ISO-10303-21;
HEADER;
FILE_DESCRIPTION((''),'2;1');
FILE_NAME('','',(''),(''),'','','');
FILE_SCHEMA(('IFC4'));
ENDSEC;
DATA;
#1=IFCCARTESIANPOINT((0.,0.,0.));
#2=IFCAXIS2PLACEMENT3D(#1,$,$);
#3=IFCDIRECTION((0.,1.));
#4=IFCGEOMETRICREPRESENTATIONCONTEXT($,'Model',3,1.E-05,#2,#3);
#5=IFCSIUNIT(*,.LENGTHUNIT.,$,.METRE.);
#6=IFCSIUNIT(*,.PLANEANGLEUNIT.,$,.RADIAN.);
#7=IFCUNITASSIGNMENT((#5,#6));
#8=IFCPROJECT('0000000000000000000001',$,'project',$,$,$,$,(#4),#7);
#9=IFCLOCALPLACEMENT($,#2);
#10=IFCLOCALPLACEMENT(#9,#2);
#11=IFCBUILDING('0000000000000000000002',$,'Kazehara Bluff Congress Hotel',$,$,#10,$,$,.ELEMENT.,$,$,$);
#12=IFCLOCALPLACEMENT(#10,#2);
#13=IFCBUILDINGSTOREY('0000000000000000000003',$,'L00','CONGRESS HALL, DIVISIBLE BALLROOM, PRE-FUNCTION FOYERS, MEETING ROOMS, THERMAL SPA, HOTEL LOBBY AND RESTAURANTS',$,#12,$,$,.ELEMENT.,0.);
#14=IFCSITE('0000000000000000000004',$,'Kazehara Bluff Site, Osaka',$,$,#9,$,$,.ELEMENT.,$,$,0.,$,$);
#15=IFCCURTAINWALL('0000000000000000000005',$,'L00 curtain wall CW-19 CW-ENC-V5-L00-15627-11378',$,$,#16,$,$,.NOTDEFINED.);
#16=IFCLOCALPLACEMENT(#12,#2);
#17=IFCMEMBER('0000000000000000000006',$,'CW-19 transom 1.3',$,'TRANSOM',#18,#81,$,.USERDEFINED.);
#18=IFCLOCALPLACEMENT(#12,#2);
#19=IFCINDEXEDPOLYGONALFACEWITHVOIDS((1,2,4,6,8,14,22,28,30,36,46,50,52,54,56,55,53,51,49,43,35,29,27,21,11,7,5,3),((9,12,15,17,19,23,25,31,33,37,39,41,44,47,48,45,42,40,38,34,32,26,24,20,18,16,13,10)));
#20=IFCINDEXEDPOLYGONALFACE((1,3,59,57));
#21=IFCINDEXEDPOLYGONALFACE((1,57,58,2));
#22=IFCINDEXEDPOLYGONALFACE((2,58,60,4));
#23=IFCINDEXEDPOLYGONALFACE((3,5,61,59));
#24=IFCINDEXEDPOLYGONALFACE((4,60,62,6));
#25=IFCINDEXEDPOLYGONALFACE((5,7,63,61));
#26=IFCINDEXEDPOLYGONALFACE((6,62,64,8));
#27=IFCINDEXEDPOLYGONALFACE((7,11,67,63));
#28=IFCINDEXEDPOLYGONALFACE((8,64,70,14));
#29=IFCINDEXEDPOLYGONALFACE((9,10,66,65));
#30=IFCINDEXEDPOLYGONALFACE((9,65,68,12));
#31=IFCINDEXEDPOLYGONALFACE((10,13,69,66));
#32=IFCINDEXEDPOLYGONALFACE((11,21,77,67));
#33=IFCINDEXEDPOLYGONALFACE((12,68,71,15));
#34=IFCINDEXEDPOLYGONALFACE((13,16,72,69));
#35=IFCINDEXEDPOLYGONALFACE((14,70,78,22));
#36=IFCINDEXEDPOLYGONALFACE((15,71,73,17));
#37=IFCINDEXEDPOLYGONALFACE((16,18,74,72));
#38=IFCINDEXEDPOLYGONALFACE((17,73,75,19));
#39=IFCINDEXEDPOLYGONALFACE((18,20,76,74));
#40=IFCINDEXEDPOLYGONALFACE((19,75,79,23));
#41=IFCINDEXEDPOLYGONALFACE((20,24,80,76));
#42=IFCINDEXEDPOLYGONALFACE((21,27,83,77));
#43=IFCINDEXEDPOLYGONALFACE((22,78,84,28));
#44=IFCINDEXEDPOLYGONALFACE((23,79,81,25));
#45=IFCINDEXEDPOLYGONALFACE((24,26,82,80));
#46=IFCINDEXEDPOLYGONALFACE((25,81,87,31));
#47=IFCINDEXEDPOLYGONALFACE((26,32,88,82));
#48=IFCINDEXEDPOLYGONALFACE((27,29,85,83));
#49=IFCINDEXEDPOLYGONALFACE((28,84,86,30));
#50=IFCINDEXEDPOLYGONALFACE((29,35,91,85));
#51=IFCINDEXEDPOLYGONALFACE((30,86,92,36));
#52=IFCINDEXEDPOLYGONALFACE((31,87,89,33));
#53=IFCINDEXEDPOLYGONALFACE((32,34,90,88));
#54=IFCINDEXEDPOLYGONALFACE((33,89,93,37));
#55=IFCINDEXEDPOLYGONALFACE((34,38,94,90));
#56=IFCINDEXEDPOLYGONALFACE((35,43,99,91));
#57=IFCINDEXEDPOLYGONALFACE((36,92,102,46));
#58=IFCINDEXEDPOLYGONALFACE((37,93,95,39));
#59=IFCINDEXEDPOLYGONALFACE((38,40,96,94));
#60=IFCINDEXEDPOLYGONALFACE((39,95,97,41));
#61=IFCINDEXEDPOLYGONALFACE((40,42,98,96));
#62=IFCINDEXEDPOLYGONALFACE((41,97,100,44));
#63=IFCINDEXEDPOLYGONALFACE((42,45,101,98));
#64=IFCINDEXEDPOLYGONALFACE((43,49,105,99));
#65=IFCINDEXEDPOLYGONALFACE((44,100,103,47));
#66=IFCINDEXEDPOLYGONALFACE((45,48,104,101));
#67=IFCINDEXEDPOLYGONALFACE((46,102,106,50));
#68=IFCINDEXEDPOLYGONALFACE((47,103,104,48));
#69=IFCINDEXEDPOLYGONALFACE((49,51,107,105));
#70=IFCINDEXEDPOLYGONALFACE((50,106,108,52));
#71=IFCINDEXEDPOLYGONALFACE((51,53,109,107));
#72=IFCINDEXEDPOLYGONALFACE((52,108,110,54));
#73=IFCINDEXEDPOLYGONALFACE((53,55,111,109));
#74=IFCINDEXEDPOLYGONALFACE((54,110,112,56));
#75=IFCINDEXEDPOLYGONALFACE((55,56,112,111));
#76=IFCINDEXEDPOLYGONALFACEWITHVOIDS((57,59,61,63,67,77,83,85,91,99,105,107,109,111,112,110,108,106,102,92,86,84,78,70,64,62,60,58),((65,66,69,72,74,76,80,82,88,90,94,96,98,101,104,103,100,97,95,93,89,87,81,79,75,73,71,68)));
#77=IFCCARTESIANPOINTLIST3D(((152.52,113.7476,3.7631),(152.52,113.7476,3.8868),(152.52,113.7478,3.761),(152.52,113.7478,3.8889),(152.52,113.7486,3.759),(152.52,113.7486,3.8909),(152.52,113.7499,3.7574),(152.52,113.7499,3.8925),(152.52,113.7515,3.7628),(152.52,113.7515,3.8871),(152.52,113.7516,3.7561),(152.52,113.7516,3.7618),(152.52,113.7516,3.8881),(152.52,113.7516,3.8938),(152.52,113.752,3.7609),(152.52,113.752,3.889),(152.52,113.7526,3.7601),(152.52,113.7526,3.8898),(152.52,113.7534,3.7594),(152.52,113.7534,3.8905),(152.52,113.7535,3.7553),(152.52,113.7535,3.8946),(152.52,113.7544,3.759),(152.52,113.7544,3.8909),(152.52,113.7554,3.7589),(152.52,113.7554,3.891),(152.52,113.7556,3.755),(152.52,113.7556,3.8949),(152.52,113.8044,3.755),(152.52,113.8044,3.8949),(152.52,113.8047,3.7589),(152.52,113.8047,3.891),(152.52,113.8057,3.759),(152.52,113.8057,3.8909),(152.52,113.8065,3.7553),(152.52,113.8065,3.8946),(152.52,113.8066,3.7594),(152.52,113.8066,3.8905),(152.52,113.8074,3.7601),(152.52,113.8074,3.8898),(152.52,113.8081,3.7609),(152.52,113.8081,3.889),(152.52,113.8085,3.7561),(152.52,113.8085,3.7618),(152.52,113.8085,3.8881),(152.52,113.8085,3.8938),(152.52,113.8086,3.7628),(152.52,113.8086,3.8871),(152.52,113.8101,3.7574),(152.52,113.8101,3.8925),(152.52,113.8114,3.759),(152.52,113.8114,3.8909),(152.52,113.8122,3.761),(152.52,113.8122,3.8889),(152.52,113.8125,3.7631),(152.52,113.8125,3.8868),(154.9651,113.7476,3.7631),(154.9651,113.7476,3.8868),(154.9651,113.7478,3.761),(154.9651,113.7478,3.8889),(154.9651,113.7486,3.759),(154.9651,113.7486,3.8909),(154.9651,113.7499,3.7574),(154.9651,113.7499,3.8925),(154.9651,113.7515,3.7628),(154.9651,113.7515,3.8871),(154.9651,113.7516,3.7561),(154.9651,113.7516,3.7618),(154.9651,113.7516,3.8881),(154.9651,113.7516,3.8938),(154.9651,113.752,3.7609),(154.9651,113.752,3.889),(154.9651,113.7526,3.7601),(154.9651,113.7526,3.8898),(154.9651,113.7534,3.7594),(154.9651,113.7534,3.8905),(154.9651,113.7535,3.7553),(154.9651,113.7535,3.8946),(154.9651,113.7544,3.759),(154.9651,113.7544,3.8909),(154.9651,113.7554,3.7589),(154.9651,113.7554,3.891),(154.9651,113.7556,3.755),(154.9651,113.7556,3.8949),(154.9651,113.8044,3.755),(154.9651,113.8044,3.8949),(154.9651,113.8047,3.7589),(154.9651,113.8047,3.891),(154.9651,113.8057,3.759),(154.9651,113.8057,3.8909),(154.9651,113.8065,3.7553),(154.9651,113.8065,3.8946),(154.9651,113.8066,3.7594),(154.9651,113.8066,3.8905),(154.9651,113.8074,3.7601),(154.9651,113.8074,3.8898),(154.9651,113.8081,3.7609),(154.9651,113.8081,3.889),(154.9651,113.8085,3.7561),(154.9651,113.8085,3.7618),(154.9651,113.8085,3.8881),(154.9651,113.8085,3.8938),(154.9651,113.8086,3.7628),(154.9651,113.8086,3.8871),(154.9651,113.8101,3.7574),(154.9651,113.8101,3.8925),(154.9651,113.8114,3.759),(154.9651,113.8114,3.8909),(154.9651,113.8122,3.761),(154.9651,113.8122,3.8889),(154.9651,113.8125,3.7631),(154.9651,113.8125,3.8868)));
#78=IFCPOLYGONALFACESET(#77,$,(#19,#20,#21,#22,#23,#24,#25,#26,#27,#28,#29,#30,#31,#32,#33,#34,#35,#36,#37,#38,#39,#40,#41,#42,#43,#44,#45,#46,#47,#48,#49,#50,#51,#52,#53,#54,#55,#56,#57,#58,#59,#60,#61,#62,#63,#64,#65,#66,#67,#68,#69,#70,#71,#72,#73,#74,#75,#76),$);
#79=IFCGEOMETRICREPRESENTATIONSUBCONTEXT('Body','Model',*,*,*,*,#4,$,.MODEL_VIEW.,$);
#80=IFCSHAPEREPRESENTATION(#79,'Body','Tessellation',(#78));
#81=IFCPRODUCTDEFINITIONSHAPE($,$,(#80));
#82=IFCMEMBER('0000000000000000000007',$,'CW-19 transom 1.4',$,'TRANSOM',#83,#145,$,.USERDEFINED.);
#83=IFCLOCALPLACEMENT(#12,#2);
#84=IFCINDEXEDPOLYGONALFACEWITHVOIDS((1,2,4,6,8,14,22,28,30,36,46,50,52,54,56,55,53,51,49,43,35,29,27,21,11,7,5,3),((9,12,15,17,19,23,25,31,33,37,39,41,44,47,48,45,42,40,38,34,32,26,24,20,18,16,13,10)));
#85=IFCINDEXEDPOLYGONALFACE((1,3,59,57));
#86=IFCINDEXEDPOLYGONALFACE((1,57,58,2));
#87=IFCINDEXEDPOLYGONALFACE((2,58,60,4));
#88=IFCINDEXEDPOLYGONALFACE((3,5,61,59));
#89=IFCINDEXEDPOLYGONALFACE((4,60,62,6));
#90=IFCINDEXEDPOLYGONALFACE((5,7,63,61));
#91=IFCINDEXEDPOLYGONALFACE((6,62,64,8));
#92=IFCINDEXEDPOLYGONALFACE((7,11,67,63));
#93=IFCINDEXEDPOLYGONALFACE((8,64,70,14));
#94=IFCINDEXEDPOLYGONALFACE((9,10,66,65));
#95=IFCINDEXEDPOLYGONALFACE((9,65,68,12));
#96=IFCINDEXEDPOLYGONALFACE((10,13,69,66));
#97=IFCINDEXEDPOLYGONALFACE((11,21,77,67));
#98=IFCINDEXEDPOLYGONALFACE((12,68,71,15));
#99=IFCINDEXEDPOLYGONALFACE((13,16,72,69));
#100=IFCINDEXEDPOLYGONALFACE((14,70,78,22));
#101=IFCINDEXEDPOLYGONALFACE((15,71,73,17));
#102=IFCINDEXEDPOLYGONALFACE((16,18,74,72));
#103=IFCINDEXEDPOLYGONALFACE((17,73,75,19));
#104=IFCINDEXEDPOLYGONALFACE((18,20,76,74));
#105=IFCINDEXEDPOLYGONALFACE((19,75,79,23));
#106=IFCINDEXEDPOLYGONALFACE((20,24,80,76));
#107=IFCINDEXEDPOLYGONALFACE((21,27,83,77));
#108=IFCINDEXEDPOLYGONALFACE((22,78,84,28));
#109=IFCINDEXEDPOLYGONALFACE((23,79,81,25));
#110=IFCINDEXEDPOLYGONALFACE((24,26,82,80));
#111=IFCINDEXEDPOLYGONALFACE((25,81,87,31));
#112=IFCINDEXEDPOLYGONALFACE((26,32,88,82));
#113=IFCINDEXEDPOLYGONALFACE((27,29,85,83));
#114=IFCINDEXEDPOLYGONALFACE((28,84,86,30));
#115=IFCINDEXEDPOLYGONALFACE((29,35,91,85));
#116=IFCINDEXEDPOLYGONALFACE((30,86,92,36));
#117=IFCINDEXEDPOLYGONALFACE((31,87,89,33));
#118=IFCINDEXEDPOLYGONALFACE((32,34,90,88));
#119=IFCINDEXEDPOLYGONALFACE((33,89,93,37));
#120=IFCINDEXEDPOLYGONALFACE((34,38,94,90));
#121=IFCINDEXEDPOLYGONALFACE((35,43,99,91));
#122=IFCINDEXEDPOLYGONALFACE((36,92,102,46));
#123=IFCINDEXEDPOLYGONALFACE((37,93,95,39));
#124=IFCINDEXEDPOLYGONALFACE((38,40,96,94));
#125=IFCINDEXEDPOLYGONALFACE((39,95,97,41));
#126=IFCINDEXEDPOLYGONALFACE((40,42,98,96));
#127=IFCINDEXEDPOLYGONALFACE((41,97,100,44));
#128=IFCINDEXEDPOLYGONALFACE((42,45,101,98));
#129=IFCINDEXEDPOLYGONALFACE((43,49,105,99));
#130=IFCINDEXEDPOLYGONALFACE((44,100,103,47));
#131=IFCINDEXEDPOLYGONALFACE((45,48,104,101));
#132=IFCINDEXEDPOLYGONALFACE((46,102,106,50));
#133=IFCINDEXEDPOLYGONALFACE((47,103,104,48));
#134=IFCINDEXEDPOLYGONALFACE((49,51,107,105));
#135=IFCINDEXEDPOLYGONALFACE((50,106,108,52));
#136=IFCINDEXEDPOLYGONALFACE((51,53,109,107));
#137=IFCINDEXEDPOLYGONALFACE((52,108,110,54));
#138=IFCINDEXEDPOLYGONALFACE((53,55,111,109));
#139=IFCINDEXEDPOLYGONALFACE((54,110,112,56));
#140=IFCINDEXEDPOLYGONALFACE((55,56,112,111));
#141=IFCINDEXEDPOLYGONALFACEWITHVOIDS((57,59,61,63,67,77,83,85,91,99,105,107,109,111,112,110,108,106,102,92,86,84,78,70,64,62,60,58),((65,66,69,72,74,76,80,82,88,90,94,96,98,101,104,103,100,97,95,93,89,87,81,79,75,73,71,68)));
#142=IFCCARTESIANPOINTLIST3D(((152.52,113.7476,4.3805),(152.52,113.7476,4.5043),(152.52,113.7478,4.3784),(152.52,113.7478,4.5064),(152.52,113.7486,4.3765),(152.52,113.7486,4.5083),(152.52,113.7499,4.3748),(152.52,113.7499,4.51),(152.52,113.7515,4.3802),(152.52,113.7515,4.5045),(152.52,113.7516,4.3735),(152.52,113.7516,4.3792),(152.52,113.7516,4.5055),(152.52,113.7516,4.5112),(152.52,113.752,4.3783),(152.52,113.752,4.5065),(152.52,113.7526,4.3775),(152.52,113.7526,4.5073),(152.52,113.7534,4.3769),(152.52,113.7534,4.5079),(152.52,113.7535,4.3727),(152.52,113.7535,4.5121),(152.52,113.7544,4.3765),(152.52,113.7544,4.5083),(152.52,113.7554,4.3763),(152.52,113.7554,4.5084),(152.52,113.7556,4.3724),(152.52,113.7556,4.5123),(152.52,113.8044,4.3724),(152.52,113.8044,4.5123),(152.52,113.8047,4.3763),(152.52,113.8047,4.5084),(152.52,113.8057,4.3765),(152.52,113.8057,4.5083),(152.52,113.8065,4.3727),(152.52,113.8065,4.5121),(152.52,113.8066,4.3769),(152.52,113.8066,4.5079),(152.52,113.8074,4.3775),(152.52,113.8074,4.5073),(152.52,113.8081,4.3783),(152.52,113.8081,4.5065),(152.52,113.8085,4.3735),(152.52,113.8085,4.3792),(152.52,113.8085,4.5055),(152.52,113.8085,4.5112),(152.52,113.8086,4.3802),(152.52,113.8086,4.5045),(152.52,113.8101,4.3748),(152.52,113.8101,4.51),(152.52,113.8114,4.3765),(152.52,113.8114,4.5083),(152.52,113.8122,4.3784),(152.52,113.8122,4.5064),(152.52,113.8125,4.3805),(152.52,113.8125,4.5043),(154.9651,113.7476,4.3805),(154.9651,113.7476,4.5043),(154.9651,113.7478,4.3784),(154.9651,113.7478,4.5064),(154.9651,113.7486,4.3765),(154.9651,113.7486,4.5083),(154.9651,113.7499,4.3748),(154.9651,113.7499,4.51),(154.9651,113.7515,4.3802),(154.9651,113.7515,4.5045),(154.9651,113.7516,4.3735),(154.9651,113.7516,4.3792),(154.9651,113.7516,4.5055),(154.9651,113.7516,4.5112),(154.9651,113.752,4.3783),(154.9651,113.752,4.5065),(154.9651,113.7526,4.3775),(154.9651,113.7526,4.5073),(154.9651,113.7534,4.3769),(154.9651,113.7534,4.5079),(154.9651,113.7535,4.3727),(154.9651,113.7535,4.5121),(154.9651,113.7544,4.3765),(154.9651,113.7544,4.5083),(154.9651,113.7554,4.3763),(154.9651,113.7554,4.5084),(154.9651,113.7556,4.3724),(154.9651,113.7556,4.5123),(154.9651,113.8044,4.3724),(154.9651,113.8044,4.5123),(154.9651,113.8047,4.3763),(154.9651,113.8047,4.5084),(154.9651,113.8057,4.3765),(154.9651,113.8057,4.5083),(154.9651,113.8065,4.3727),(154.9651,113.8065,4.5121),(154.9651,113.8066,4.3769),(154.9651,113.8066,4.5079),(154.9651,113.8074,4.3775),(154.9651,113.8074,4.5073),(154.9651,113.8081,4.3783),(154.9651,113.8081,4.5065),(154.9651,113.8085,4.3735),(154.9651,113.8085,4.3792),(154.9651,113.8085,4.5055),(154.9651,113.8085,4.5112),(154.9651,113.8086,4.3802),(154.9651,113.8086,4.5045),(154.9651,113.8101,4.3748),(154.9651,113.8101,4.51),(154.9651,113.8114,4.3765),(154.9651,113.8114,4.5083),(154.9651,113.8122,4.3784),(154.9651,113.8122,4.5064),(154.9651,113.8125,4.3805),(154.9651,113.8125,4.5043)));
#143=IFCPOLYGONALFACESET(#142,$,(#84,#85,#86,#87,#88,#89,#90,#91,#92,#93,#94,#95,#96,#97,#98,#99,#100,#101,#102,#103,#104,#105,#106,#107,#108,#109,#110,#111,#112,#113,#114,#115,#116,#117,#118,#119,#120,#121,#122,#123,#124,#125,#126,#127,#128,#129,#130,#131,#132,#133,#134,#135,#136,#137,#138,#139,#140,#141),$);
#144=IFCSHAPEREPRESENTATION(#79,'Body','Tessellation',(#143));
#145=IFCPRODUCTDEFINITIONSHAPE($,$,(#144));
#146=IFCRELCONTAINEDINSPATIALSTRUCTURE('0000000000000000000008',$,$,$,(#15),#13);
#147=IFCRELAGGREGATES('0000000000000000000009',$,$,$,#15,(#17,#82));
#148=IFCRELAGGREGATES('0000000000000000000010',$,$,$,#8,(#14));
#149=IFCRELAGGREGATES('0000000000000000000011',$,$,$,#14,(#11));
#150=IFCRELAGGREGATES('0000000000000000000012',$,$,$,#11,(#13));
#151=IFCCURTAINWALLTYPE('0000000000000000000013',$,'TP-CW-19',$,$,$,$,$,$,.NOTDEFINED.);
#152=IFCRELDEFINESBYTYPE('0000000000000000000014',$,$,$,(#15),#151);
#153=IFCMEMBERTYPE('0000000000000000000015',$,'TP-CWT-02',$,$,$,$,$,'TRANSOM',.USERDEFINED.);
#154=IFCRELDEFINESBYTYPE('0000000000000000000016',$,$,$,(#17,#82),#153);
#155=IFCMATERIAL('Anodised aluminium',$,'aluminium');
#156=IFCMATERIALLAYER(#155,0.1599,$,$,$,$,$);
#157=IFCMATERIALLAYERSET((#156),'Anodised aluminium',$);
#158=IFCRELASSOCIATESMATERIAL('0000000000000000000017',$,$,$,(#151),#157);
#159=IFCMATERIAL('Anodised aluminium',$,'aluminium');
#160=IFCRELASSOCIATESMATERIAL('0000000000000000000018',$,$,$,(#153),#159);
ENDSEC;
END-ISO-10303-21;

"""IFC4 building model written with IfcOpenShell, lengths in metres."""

from ifc_helpers import new_model, si_unit, direction, frame, origin, origin_2d, place, context, subcontext, project, spatial, hollow_rectangle, extrude, material, layer, layer_set, material_profile, profile_set, type_object, element, aggregate, save


model = new_model("IFC4")

# Units and contexts
model_context = context("Model", 3, precision=1e-05, world=origin(), true_north=direction((0.0, 1.0)))
body_context = subcontext(model_context, "Body", "Model", "MODEL_VIEW")
ifc_project = project(units=[si_unit("LENGTHUNIT", "METRE"), si_unit("PLANEANGLEUNIT", "RADIAN")], contexts=[model_context])

# Site, building, storey
site_placement = place(None, origin())
site = spatial("IfcSite", under=ifc_project, at=site_placement, Name="Kazehara Bluff Site, Osaka", CompositionType="ELEMENT", RefElevation=0.0)
building_placement = place(site_placement, origin())
building = spatial("IfcBuilding", under=site, at=building_placement, Name="Kazehara Bluff Congress Hotel", CompositionType="ELEMENT")
storey_placement = place(building_placement, origin())
storey = spatial("IfcBuildingStorey", under=building, at=storey_placement, Name="L00", Description="CONGRESS HALL, DIVISIBLE BALLROOM, PRE-FUNCTION FOYERS, MEETING ROOMS, THERMAL SPA, HOTEL LOBBY AND RESTAURANTS", CompositionType="ELEMENT", Elevation=0.0)

# Shared definitions
ifc_material_1 = material(Name="Anodised aluminium", Category="aluminium")
ifc_layer_1 = layer(ifc_material_1, 0.1599)
ifc_layer_set_1 = layer_set([ifc_layer_1], Name="Anodised aluminium")
curtain_wall_type = type_object("IfcCurtainWallType", Name="TP-CW-19", PredefinedType="NOTDEFINED", material=ifc_layer_set_1)

# Curtain wall, members
curtain_wall_1_placement = place(storey_placement, origin())
curtain_wall_1 = element("IfcCurtainWall", 1, at=curtain_wall_1_placement, inside=storey, type_object=curtain_wall_type, Name="L00 curtain wall CW-19 CW-ENC-V5-L00-15627-11378", PredefinedType="NOTDEFINED")
ifc_material_2 = material(Name="Anodised aluminium", Category="aluminium")
ifc_material_profile_1 = material_profile(ifc_material_2, hollow_rectangle(XDim=0.0649, YDim=0.1399, WallThickness=0.0039, InnerFilletRadius=0.0039, OuterFilletRadius=0.0081, at=origin_2d()))
ifc_profile_set_1 = profile_set([ifc_material_profile_1], Name="Anodised aluminium")
member_type_1 = type_object("IfcMemberType", Name="TP-CWT-02", ElementType="TRANSOM", PredefinedType="USERDEFINED", material=ifc_profile_set_1)
member_1_placement = place(storey_placement, frame((152.52, 113.78, 3.825), z_axis=(1.0, 0.0, 0.0), x_axis=(0.0, 1.0, 0.0)))
member_1 = element("IfcMember", 2, at=member_1_placement, type_object=member_type_1, Name="CW-19 transom 1.3", ObjectType="TRANSOM", PredefinedType="USERDEFINED", context=body_context, shape_type="SweptSolid", body=[
    extrude(hollow_rectangle(XDim=0.0649, YDim=0.1399, WallThickness=0.0039, InnerFilletRadius=0.0039, OuterFilletRadius=0.0081, at=origin_2d()), origin(), (0.0, 0.0, 1.0), 2.4451),
])
member_2_placement = place(storey_placement, frame((152.52, 113.78, 4.4424), z_axis=(1.0, 0.0, 0.0), x_axis=(0.0, 1.0, 0.0)))
member_2 = element("IfcMember", 3, at=member_2_placement, type_object=member_type_1, Name="CW-19 transom 1.4", ObjectType="TRANSOM", PredefinedType="USERDEFINED", context=body_context, shape_type="SweptSolid", body=[
    extrude(hollow_rectangle(XDim=0.0649, YDim=0.1399, WallThickness=0.0039, InnerFilletRadius=0.0039, OuterFilletRadius=0.0081, at=origin_2d()), origin(), (0.0, 0.0, 1.0), 2.4451),
])

aggregate(curtain_wall_1, [member_1, member_2])

save(model, "model.ifc")
